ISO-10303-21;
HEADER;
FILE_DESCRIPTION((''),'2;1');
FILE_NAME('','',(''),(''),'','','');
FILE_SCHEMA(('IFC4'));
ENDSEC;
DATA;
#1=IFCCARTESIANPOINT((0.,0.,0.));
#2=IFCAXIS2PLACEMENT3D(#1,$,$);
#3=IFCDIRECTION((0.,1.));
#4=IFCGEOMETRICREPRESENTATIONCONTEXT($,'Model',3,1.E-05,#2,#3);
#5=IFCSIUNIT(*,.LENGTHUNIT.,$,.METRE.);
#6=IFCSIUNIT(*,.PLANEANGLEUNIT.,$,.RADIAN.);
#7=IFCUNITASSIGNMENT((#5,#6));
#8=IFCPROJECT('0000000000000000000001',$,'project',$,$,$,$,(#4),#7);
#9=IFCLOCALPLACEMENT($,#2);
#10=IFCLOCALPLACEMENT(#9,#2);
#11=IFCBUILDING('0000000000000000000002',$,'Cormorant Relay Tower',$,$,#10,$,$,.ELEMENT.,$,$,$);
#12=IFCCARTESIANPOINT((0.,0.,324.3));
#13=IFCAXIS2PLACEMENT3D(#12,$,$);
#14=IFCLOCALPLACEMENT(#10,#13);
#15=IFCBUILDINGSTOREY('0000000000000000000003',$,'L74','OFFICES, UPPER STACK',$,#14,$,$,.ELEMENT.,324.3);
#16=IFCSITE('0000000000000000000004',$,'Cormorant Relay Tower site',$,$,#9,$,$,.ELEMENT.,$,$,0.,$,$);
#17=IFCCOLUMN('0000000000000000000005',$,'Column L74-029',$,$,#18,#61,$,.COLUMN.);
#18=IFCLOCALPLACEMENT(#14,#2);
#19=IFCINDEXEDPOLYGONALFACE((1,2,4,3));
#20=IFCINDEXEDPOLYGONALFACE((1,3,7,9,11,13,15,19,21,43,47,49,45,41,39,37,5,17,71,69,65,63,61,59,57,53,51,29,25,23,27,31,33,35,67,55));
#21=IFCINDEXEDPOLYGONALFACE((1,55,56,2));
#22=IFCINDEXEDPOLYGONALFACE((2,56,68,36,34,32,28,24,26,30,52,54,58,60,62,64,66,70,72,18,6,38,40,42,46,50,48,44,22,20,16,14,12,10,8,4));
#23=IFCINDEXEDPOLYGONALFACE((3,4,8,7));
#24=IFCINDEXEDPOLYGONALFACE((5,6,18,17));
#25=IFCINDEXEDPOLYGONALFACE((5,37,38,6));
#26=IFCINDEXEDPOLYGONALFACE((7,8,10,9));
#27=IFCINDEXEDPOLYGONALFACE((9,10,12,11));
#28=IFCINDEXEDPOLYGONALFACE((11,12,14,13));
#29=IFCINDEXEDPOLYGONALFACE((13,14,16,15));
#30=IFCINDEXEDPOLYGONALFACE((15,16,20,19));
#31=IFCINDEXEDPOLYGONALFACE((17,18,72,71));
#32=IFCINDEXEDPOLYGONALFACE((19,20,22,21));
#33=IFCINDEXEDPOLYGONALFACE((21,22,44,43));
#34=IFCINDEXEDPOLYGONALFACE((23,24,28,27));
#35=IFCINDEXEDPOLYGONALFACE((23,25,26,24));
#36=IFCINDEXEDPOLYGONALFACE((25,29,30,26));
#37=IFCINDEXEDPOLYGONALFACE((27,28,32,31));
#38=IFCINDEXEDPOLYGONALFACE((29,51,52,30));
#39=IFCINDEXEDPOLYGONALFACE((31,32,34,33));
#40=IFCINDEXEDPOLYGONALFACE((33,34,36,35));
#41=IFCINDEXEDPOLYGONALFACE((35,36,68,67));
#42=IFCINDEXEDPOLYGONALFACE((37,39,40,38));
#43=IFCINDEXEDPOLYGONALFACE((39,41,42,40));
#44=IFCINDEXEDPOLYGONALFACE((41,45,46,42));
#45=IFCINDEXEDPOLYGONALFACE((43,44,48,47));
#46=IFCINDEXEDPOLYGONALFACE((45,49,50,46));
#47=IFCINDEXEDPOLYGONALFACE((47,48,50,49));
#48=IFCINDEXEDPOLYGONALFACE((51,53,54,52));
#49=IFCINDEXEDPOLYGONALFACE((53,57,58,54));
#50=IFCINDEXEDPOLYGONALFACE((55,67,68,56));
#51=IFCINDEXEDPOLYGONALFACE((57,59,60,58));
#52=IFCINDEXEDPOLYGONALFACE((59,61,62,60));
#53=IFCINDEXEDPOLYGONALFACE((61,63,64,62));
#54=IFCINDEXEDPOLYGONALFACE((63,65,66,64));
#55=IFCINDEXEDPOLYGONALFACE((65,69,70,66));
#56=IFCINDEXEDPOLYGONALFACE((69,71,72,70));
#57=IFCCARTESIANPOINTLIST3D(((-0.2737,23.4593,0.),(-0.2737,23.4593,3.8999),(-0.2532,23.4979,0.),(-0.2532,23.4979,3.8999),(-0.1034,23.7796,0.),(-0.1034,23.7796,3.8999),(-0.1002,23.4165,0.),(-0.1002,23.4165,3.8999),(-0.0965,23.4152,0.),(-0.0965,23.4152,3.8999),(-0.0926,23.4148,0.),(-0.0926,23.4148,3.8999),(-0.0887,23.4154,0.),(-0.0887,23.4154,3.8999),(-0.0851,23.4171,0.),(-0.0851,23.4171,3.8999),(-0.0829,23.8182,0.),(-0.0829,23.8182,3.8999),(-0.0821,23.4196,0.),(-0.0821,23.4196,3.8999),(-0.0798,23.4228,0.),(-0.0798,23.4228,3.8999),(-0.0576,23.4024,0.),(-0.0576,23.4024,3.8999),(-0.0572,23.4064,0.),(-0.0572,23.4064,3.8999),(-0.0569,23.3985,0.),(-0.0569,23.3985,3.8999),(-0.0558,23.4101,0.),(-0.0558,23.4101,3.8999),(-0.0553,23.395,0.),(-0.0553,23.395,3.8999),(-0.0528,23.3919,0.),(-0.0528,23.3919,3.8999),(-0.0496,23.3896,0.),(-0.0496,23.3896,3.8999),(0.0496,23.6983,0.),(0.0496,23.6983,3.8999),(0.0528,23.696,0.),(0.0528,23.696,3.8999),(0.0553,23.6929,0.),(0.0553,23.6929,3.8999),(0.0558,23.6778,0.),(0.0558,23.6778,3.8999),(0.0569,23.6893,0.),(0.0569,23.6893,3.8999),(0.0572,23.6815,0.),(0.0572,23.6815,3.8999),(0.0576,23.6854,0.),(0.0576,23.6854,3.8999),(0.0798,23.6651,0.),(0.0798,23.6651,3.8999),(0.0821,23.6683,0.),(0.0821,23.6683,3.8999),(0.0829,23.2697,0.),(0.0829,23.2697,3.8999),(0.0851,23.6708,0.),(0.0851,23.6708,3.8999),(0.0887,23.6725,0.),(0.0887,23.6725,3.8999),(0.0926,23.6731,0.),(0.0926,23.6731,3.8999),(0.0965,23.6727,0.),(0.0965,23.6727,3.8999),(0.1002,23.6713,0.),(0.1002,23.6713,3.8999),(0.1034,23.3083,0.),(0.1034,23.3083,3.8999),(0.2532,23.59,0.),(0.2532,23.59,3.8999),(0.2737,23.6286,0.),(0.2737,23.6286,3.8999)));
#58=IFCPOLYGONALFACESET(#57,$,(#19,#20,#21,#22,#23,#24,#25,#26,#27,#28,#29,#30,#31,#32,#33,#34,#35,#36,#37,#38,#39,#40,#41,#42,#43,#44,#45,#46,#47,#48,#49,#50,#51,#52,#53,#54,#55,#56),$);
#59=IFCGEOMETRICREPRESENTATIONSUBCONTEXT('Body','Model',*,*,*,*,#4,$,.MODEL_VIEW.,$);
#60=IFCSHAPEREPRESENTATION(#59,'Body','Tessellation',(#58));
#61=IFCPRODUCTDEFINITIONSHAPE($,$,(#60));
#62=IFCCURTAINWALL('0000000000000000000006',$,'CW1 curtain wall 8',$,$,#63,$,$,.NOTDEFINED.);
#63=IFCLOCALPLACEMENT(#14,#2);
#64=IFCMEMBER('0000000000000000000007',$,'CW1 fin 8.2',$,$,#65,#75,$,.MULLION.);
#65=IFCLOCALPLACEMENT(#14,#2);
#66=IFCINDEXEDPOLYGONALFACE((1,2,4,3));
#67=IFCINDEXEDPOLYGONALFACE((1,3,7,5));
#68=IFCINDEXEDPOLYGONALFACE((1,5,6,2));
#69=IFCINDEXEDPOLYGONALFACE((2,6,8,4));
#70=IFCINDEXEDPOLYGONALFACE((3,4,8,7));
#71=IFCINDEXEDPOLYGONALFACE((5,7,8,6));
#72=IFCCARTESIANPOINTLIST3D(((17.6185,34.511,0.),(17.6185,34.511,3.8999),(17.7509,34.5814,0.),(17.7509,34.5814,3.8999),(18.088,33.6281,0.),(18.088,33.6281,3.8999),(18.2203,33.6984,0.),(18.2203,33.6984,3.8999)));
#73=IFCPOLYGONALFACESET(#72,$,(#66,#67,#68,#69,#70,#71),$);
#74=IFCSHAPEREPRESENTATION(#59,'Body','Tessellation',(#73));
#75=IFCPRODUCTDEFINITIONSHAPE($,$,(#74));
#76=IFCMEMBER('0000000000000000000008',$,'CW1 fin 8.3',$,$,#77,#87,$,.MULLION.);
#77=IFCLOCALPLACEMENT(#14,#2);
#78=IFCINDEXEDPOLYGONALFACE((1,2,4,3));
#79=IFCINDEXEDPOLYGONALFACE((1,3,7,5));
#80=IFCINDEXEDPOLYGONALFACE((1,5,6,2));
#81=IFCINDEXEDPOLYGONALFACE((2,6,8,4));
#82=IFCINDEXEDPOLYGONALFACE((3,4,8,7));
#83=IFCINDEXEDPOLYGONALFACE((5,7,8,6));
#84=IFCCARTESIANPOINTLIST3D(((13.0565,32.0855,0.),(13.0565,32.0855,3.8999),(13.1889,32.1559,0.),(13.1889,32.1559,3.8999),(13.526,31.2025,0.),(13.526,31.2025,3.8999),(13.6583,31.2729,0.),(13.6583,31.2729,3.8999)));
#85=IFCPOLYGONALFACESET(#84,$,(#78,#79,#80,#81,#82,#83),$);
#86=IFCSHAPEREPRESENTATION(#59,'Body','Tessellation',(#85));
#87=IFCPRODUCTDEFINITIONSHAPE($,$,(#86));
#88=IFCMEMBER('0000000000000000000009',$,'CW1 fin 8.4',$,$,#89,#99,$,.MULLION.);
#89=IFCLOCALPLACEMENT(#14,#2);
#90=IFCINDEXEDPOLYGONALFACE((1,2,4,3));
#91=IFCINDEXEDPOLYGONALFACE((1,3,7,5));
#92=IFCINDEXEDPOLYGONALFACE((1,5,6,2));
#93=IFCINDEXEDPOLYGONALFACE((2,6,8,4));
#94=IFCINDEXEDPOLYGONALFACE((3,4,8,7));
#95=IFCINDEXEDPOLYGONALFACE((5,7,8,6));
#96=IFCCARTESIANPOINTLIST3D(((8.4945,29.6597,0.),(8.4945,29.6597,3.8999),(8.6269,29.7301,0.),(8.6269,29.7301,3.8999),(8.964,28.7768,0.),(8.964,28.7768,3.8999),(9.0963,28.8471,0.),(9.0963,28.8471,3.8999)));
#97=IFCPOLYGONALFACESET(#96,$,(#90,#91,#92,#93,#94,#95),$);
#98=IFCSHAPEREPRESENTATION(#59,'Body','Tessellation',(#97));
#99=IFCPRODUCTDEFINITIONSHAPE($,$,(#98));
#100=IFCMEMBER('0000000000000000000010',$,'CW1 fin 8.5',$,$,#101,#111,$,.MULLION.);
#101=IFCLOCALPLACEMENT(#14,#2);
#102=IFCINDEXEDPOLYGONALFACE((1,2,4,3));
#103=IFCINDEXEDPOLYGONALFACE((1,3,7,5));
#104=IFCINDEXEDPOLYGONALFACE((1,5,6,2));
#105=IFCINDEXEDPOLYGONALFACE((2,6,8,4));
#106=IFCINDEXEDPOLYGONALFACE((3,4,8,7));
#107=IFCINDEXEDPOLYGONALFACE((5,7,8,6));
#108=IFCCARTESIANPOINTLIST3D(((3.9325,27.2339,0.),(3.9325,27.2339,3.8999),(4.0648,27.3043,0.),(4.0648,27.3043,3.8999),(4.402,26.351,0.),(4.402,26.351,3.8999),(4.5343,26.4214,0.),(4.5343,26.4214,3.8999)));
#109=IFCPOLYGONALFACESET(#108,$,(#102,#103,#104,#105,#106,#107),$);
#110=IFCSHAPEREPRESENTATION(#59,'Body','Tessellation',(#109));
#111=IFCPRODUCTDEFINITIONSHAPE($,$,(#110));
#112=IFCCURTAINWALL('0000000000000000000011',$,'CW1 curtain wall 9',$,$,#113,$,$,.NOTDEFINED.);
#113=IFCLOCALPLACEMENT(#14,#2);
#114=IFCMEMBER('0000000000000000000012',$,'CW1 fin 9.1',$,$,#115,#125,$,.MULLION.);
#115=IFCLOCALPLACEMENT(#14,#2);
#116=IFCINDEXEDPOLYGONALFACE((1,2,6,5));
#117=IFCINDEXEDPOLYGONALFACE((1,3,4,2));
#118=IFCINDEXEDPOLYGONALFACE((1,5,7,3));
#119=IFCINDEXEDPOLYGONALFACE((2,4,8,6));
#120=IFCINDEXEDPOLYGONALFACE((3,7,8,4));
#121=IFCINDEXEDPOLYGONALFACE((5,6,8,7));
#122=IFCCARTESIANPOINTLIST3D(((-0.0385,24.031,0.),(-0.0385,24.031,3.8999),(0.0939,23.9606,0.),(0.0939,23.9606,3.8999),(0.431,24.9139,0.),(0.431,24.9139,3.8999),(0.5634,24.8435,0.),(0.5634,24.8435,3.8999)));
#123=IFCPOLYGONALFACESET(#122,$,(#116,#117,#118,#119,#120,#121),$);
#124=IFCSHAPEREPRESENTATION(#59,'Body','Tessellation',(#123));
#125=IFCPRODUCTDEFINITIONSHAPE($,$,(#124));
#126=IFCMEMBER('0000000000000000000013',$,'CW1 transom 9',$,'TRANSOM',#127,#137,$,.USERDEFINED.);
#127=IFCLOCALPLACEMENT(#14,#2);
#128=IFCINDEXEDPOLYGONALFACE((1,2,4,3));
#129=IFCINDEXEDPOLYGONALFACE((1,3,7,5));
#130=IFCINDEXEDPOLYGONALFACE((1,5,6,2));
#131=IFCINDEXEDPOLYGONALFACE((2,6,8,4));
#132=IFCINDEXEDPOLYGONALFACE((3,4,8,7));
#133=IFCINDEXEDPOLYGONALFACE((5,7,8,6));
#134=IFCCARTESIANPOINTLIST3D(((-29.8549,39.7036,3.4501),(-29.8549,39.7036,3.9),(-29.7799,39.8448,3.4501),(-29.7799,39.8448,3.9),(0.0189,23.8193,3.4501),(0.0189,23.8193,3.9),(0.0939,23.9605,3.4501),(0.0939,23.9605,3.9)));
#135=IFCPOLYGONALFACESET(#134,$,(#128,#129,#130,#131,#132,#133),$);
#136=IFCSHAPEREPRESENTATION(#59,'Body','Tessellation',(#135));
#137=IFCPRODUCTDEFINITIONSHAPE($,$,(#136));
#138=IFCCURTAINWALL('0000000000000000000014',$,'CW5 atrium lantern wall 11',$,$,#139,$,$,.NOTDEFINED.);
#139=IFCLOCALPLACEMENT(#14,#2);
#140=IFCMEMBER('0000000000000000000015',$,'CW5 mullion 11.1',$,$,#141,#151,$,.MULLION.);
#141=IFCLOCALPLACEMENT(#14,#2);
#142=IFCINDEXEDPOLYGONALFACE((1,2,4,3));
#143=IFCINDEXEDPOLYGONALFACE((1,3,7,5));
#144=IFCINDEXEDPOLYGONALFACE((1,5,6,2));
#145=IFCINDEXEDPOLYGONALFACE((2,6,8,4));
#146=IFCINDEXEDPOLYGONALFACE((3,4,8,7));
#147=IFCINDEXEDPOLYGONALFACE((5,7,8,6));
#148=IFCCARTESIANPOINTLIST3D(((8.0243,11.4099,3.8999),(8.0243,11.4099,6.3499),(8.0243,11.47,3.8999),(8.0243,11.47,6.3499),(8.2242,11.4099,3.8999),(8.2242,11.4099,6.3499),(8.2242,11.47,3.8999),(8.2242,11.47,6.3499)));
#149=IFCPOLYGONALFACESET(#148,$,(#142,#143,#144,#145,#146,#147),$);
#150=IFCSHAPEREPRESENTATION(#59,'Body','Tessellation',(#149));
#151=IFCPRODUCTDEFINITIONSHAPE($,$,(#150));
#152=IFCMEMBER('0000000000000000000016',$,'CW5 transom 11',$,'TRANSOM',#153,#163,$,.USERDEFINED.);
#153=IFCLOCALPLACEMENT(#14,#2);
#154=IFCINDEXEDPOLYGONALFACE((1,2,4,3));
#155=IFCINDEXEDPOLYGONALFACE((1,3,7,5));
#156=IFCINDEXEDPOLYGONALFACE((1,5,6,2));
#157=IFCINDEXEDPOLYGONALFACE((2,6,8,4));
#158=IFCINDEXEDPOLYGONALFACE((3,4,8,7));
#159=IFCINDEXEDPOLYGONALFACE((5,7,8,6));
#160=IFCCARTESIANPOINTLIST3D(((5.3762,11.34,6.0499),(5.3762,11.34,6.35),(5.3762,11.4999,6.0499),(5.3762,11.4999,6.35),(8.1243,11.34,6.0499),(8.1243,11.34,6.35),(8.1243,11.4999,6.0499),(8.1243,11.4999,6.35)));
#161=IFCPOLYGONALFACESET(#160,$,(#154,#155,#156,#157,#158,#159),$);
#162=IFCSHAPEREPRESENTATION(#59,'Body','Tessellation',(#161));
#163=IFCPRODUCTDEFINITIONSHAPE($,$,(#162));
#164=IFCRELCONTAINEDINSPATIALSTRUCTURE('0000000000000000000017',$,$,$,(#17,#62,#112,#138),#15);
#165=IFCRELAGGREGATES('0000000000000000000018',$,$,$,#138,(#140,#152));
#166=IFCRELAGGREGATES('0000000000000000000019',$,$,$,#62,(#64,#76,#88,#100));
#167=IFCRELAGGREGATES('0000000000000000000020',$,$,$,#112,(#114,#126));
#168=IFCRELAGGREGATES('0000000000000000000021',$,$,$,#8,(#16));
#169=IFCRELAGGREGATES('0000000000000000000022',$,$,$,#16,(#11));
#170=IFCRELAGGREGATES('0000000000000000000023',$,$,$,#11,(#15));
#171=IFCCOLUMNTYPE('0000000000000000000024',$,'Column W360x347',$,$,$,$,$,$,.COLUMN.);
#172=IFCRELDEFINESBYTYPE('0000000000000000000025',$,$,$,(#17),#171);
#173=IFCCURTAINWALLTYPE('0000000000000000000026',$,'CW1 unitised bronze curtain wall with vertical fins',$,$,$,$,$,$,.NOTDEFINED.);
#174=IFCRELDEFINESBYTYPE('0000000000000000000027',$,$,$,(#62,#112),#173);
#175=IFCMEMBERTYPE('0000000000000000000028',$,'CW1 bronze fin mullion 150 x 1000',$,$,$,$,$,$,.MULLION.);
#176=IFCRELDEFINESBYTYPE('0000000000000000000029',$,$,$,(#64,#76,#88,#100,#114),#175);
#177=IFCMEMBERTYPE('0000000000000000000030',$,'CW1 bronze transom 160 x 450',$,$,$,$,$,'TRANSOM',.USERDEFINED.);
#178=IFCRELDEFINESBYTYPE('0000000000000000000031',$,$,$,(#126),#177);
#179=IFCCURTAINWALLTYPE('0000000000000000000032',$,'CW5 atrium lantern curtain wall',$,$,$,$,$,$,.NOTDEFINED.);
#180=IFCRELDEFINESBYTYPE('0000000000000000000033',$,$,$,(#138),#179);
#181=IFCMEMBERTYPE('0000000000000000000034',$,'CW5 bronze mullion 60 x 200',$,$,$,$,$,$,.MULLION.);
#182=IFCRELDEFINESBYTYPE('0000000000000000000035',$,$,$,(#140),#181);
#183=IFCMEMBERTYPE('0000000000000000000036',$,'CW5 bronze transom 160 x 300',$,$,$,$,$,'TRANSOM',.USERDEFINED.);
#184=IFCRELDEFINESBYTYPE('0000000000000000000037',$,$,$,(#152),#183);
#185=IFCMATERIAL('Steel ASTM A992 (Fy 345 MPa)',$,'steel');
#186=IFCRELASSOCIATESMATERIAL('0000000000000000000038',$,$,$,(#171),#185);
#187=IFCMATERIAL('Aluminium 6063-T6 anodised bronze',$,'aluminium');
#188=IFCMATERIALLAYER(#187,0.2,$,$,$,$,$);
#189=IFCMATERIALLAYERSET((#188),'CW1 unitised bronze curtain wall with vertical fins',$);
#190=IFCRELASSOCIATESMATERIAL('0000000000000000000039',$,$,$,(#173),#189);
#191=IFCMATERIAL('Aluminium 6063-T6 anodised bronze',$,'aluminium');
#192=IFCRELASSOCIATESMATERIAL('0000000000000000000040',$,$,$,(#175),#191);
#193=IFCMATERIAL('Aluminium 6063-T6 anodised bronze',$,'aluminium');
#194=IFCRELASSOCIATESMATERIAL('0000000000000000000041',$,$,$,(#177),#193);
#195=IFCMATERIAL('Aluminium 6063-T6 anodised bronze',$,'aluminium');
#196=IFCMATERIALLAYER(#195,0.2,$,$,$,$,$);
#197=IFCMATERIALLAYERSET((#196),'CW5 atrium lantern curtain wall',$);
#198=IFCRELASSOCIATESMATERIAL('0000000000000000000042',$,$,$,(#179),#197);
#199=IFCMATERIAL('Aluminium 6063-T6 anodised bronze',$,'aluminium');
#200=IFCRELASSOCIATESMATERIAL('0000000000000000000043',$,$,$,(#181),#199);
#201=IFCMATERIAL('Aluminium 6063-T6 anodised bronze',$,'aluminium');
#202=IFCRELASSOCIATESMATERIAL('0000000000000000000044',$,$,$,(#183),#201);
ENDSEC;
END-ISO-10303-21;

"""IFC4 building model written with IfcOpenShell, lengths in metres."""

from ifc_helpers import new_model, si_unit, direction, frame, origin, origin_2d, place, context, subcontext, project, spatial, rectangle, i_section, extrude, material, layer, layer_set, material_profile, profile_set, type_object, element, aggregate, save


model = new_model("IFC4")

# Units and contexts
model_context = context("Model", 3, precision=1e-05, world=origin(), true_north=direction((0.0, 1.0)))
body_context = subcontext(model_context, "Body", "Model", "MODEL_VIEW")
ifc_project = project(units=[si_unit("LENGTHUNIT", "METRE"), si_unit("PLANEANGLEUNIT", "RADIAN")], contexts=[model_context])

# Site, building, storey
site_placement = place(None, origin())
site = spatial("IfcSite", under=ifc_project, at=site_placement, Name="Cormorant Relay Tower site", CompositionType="ELEMENT", RefElevation=0.0)
building_placement = place(site_placement, origin())
building = spatial("IfcBuilding", under=site, at=building_placement, Name="Cormorant Relay Tower", CompositionType="ELEMENT")
storey_placement = place(building_placement, frame((0.0, 0.0, 324.3)))
storey = spatial("IfcBuildingStorey", under=building, at=storey_placement, Name="L74", Description="OFFICES, UPPER STACK", CompositionType="ELEMENT", Elevation=324.3)

# Column
ifc_material_1 = material(Name="Steel ASTM A992 (Fy 345 MPa)", Category="steel")
ifc_material_profile_1 = material_profile(ifc_material_1, i_section(OverallWidth=0.4038, OverallDepth=0.4065, WebThickness=0.0271, FlangeThickness=0.0437, FilletRadius=0.0151, at=origin_2d()), Name="W360x347")
ifc_profile_set_1 = profile_set([ifc_material_profile_1], Name="Steel ASTM A992 (Fy 345 MPa)")
column_type_1 = type_object("IfcColumnType", Name="Column W360x347", PredefinedType="COLUMN", material=ifc_profile_set_1)
column_1_placement = place(storey_placement, frame((0.0, 23.5439, 0.0), z_axis=(0.0, 0.0, 1.0), x_axis=(-0.882948, 0.469472, 0.0)))
element("IfcColumn", 1, at=column_1_placement, inside=storey, type_object=column_type_1, Name="Column L74-029", PredefinedType="COLUMN", context=body_context, shape_type="SweptSolid", body=[
    extrude(i_section(OverallWidth=0.4038, OverallDepth=0.4065, WebThickness=0.0271, FlangeThickness=0.0437, FilletRadius=0.0151, at=origin_2d()), origin(), (0.0, 0.0, 1.0), 3.8999),
])

# Curtain walls, members
ifc_material_2 = material(Name="Aluminium 6063-T6 anodised bronze", Category="aluminium")
ifc_layer_1 = layer(ifc_material_2, 0.2)
ifc_layer_set_1 = layer_set([ifc_layer_1], Name="CW1 unitised bronze curtain wall with vertical fins")
curtain_wall_type_1 = type_object("IfcCurtainWallType", Name="CW1 unitised bronze curtain wall with vertical fins", PredefinedType="NOTDEFINED", material=ifc_layer_set_1)
curtain_wall_1_placement = place(storey_placement, origin())
curtain_wall_1 = element("IfcCurtainWall", 2, at=curtain_wall_1_placement, inside=storey, type_object=curtain_wall_type_1, Name="CW1 curtain wall 8", PredefinedType="NOTDEFINED")
ifc_material_3 = material(Name="Aluminium 6063-T6 anodised bronze", Category="aluminium")
ifc_material_profile_2 = material_profile(ifc_material_3, rectangle(XDim=0.1499, YDim=1.0, at=origin_2d()), Name="AL 150x1000")
ifc_profile_set_2 = profile_set([ifc_material_profile_2], Name="Aluminium 6063-T6 anodised bronze")
member_type_1 = type_object("IfcMemberType", Name="CW1 bronze fin mullion 150 x 1000", PredefinedType="MULLION", material=ifc_profile_set_2)
member_1_placement = place(storey_placement, frame((17.9194, 34.1047, 0.0), z_axis=(0.0, 0.0, 1.0), x_axis=(-0.882948, -0.469472, 0.0)))
member_1 = element("IfcMember", 3, at=member_1_placement, type_object=member_type_1, Name="CW1 fin 8.2", PredefinedType="MULLION", context=body_context, shape_type="SweptSolid", body=[
    extrude(rectangle(XDim=0.1499, YDim=1.0, at=origin_2d()), origin(), (0.0, 0.0, 1.0), 3.8999),
])
member_2_placement = place(storey_placement, frame((13.3574, 31.6792, 0.0), z_axis=(0.0, 0.0, 1.0), x_axis=(-0.882948, -0.469472, 0.0)))
member_2 = element("IfcMember", 4, at=member_2_placement, type_object=member_type_1, Name="CW1 fin 8.3", PredefinedType="MULLION", context=body_context, shape_type="SweptSolid", body=[
    extrude(rectangle(XDim=0.1499, YDim=1.0, at=origin_2d()), origin(), (0.0, 0.0, 1.0), 3.8999),
])
member_3_placement = place(storey_placement, frame((8.7954, 29.2534, 0.0), z_axis=(0.0, 0.0, 1.0), x_axis=(-0.882948, -0.469472, 0.0)))
member_3 = element("IfcMember", 5, at=member_3_placement, type_object=member_type_1, Name="CW1 fin 8.4", PredefinedType="MULLION", context=body_context, shape_type="SweptSolid", body=[
    extrude(rectangle(XDim=0.1499, YDim=1.0, at=origin_2d()), origin(), (0.0, 0.0, 1.0), 3.8999),
])
member_4_placement = place(storey_placement, frame((4.2334, 26.8276, 0.0), z_axis=(0.0, 0.0, 1.0), x_axis=(-0.882948, -0.469472, 0.0)))
member_4 = element("IfcMember", 6, at=member_4_placement, type_object=member_type_1, Name="CW1 fin 8.5", PredefinedType="MULLION", context=body_context, shape_type="SweptSolid", body=[
    extrude(rectangle(XDim=0.1499, YDim=1.0, at=origin_2d()), origin(), (0.0, 0.0, 1.0), 3.8999),
])
curtain_wall_2_placement = place(storey_placement, origin())
curtain_wall_2 = element("IfcCurtainWall", 7, at=curtain_wall_2_placement, inside=storey, type_object=curtain_wall_type_1, Name="CW1 curtain wall 9", PredefinedType="NOTDEFINED")
member_5_placement = place(storey_placement, frame((0.2625, 24.4373, 0.0), z_axis=(0.0, 0.0, 1.0), x_axis=(-0.882948, 0.469472, 0.0)))
member_5 = element("IfcMember", 8, at=member_5_placement, type_object=member_type_1, Name="CW1 fin 9.1", PredefinedType="MULLION", context=body_context, shape_type="SweptSolid", body=[
    extrude(rectangle(XDim=0.1499, YDim=1.0, at=origin_2d()), origin(), (0.0, 0.0, 1.0), 3.8999),
])
ifc_material_4 = material(Name="Aluminium 6063-T6 anodised bronze", Category="aluminium")
ifc_material_profile_3 = material_profile(ifc_material_4, rectangle(XDim=0.1599, YDim=0.45, at=origin_2d()), Name="AL 160x450")
ifc_profile_set_3 = profile_set([ifc_material_profile_3], Name="Aluminium 6063-T6 anodised bronze")
member_type_2 = type_object("IfcMemberType", Name="CW1 bronze transom 160 x 450", ElementType="TRANSOM", PredefinedType="USERDEFINED", material=ifc_profile_set_3)
member_6_placement = place(storey_placement, frame((0.0564, 23.8899, 3.675), z_axis=(-0.882946, 0.469474, 0.0), x_axis=(-0.469474, -0.882946, 0.0)))
member_6 = element("IfcMember", 9, at=member_6_placement, type_object=member_type_2, Name="CW1 transom 9", ObjectType="TRANSOM", PredefinedType="USERDEFINED", context=body_context, shape_type="SweptSolid", body=[
    extrude(rectangle(XDim=0.1599, YDim=0.45, at=origin_2d()), origin(), (0.0, 0.0, 1.0), 33.8342),
])
ifc_material_5 = material(Name="Aluminium 6063-T6 anodised bronze", Category="aluminium")
ifc_layer_2 = layer(ifc_material_5, 0.2)
ifc_layer_set_2 = layer_set([ifc_layer_2], Name="CW5 atrium lantern curtain wall")
curtain_wall_type_2 = type_object("IfcCurtainWallType", Name="CW5 atrium lantern curtain wall", PredefinedType="NOTDEFINED", material=ifc_layer_set_2)
curtain_wall_3_placement = place(storey_placement, origin())
curtain_wall_3 = element("IfcCurtainWall", 10, at=curtain_wall_3_placement, inside=storey, type_object=curtain_wall_type_2, Name="CW5 atrium lantern wall 11", PredefinedType="NOTDEFINED")
ifc_material_6 = material(Name="Aluminium 6063-T6 anodised bronze", Category="aluminium")
ifc_material_profile_4 = material_profile(ifc_material_6, rectangle(XDim=0.2, YDim=0.0601, at=origin_2d()), Name="AL 60x200")
ifc_profile_set_4 = profile_set([ifc_material_profile_4], Name="Aluminium 6063-T6 anodised bronze")
member_type_3 = type_object("IfcMemberType", Name="CW5 bronze mullion 60 x 200", PredefinedType="MULLION", material=ifc_profile_set_4)
member_7_placement = place(storey_placement, frame((8.1243, 11.4399, 3.8999), z_axis=(0.0, 0.0, 1.0), x_axis=(-1.0, 0.0, 0.0)))
member_7 = element("IfcMember", 11, at=member_7_placement, type_object=member_type_3, Name="CW5 mullion 11.1", PredefinedType="MULLION", context=body_context, shape_type="SweptSolid", body=[
    extrude(rectangle(XDim=0.2, YDim=0.0601, at=origin_2d()), origin(), (0.0, 0.0, 1.0), 2.45),
])
ifc_material_7 = material(Name="Aluminium 6063-T6 anodised bronze", Category="aluminium")
ifc_material_profile_5 = material_profile(ifc_material_7, rectangle(XDim=0.1599, YDim=0.3, at=origin_2d()), Name="AL 160x300")
ifc_profile_set_5 = profile_set([ifc_material_profile_5], Name="Aluminium 6063-T6 anodised bronze")
member_type_4 = type_object("IfcMemberType", Name="CW5 bronze transom 160 x 300", ElementType="TRANSOM", PredefinedType="USERDEFINED", material=ifc_profile_set_5)
member_8_placement = place(storey_placement, frame((8.1243, 11.4199, 6.2), z_axis=(-1.0, 0.0, 0.0), x_axis=(0.0, -1.0, 0.0)))
member_8 = element("IfcMember", 12, at=member_8_placement, type_object=member_type_4, Name="CW5 transom 11", ObjectType="TRANSOM", PredefinedType="USERDEFINED", context=body_context, shape_type="SweptSolid", body=[
    extrude(rectangle(XDim=0.1599, YDim=0.3, at=origin_2d()), origin(), (0.0, 0.0, 1.0), 2.748),
])
aggregate(curtain_wall_3, [member_7, member_8])

aggregate(curtain_wall_1, [member_1, member_2, member_3, member_4])
aggregate(curtain_wall_2, [member_5, member_6])

save(model, "model.ifc")
